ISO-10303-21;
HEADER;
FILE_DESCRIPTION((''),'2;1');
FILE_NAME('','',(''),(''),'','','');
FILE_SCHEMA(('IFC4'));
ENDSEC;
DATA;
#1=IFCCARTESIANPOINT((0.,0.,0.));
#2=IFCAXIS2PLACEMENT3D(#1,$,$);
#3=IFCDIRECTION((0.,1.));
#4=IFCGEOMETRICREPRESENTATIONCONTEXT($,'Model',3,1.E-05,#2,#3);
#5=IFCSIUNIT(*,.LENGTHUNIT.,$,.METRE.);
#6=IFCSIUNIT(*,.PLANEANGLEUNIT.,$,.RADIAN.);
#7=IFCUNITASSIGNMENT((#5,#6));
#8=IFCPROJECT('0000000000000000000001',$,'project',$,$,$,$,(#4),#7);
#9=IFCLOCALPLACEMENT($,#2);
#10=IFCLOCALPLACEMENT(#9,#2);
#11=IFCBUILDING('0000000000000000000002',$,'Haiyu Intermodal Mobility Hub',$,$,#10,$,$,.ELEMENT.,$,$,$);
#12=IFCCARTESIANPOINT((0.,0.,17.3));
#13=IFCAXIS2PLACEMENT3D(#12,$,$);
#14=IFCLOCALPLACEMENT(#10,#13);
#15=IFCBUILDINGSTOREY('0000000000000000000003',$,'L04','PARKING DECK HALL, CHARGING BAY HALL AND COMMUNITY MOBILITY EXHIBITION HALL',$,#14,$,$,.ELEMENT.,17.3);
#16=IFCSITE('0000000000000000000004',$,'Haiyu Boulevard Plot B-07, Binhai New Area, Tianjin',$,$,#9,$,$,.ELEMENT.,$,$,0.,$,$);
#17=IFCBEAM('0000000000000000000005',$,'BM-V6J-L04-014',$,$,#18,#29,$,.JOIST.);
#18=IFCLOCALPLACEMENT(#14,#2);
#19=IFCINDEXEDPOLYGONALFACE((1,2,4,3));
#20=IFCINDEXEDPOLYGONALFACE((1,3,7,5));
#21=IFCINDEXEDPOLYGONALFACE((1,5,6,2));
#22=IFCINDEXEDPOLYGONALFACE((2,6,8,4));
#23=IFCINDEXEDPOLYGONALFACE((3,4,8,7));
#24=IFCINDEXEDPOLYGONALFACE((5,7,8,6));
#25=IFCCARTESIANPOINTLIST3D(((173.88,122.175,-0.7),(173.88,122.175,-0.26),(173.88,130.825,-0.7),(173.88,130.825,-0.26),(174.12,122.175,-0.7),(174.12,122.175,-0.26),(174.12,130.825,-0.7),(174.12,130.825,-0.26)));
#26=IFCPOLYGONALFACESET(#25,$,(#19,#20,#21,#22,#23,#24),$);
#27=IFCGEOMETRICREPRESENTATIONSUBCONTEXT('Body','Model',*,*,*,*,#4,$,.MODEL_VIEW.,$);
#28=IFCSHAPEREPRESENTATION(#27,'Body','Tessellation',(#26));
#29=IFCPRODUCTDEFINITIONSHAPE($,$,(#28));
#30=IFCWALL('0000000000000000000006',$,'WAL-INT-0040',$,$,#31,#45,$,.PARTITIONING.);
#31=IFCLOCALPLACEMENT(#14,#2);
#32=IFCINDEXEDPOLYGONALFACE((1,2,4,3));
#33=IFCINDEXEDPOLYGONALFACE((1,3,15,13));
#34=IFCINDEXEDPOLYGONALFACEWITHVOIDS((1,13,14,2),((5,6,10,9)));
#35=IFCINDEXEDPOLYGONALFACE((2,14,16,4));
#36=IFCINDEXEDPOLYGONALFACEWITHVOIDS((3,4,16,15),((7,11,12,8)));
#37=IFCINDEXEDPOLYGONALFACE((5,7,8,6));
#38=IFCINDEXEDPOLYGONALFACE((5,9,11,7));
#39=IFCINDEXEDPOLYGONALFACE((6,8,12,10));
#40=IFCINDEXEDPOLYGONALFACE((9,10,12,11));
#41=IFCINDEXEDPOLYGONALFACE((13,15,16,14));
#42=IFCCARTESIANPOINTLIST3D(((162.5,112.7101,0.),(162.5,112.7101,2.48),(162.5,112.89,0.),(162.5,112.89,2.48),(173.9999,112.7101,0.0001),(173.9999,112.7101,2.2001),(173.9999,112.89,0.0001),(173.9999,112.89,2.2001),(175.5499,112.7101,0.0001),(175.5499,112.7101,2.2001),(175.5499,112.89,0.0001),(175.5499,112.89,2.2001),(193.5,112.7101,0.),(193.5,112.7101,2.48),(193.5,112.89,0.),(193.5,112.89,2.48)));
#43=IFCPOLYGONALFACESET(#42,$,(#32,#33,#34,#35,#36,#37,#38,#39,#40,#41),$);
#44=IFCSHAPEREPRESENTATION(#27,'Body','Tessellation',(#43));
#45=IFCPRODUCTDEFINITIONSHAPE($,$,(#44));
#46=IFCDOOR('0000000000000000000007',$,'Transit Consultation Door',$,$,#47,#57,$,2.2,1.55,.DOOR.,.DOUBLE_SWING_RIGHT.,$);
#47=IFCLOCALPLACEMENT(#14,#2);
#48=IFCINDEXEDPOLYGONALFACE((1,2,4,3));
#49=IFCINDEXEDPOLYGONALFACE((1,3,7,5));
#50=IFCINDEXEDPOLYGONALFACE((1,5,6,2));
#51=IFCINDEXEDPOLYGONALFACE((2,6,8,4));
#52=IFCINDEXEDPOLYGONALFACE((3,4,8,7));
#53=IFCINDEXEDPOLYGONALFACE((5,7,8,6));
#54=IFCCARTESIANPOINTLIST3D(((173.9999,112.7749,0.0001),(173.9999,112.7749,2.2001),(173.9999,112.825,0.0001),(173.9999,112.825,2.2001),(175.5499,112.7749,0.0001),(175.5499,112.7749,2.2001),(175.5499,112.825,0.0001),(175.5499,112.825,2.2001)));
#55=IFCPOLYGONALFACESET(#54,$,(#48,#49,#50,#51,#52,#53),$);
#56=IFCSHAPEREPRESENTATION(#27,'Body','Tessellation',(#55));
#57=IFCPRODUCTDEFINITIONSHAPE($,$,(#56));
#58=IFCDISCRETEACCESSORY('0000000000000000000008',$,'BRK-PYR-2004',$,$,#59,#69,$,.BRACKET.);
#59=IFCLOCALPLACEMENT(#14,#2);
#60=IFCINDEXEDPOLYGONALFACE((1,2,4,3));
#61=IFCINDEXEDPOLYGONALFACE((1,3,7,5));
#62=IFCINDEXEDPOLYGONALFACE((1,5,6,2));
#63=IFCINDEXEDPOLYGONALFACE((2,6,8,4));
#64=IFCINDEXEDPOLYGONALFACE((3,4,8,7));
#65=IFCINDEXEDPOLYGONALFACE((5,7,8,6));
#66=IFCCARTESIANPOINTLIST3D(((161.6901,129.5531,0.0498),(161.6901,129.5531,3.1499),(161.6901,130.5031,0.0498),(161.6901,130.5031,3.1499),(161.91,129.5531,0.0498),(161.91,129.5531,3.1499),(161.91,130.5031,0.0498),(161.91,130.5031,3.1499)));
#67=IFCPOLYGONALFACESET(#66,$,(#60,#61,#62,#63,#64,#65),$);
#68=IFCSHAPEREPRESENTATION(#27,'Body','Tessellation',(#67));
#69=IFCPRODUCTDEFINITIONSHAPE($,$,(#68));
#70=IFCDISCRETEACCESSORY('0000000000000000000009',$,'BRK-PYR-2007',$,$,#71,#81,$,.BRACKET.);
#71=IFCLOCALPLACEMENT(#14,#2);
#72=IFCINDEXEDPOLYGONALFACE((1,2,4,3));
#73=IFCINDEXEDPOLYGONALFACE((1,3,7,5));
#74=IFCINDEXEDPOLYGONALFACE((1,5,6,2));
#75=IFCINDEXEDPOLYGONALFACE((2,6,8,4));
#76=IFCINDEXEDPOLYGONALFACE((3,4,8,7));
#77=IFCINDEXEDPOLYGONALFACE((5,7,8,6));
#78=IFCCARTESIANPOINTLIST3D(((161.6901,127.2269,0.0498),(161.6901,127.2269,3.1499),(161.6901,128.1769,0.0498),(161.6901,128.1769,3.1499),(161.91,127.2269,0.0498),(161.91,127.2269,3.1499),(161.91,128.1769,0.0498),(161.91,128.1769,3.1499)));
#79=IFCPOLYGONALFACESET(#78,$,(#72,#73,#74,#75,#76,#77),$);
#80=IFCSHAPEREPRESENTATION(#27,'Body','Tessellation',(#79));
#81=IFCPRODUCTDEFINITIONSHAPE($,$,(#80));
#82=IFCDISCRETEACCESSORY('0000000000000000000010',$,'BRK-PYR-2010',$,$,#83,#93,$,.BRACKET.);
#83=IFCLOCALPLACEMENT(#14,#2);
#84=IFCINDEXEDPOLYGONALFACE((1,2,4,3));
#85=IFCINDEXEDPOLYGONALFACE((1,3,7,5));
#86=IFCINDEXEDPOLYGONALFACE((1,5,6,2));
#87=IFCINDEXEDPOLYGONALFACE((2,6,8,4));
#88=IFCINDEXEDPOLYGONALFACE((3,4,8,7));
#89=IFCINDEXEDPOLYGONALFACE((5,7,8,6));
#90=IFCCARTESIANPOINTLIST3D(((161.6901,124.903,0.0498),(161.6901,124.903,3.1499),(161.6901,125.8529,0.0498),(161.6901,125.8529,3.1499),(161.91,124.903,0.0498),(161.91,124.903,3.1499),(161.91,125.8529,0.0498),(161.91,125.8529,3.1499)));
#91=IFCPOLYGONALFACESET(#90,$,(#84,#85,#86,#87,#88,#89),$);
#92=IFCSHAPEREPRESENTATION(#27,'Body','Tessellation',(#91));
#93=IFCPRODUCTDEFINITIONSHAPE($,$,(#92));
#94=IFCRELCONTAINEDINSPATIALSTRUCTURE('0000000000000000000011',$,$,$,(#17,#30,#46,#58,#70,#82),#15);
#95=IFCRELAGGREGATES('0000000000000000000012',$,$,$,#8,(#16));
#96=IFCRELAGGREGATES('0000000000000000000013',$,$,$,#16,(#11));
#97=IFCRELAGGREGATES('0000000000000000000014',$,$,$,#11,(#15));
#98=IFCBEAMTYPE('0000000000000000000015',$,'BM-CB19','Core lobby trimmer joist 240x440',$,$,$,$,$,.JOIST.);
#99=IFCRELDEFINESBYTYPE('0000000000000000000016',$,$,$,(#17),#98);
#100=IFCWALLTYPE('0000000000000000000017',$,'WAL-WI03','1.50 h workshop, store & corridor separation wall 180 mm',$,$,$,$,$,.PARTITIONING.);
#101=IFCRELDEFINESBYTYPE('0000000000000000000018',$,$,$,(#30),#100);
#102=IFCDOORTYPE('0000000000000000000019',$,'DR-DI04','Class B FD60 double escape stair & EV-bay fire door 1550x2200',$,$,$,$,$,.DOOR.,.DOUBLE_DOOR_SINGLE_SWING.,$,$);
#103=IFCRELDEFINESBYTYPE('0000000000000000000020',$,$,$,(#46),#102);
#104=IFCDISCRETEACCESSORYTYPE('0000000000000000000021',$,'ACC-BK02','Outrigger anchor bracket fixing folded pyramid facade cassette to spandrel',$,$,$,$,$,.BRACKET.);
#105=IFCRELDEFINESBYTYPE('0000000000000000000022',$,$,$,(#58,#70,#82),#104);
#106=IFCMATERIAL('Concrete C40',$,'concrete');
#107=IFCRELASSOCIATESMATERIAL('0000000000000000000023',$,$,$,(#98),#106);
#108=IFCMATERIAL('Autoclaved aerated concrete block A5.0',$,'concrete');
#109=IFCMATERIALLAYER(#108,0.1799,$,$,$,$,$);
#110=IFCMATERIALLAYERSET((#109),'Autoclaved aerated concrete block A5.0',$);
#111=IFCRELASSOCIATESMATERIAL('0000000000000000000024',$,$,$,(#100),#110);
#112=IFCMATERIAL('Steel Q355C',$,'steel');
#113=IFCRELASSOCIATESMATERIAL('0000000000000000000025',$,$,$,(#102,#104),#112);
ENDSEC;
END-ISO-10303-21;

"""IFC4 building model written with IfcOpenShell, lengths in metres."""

from ifc_helpers import new_model, si_unit, direction, frame, frame_2d, origin, origin_2d, place, context, subcontext, project, spatial, rectangle, extrude, material, layer, layer_set, material_profile, profile_set, type_object, element, fill, save


model = new_model("IFC4")

# Units and contexts
model_context = context("Model", 3, precision=1e-05, world=origin(), true_north=direction((0.0, 1.0)))
body_context = subcontext(model_context, "Body", "Model", "MODEL_VIEW")
ifc_project = project(units=[si_unit("LENGTHUNIT", "METRE"), si_unit("PLANEANGLEUNIT", "RADIAN")], contexts=[model_context])

# Site, building, storey
site_placement = place(None, origin())
site = spatial("IfcSite", under=ifc_project, at=site_placement, Name="Haiyu Boulevard Plot B-07, Binhai New Area, Tianjin", CompositionType="ELEMENT", RefElevation=0.0)
building_placement = place(site_placement, origin())
building = spatial("IfcBuilding", under=site, at=building_placement, Name="Haiyu Intermodal Mobility Hub", CompositionType="ELEMENT")
storey_placement = place(building_placement, frame((0.0, 0.0, 17.3)))
storey = spatial("IfcBuildingStorey", under=building, at=storey_placement, Name="L04", Description="PARKING DECK HALL, CHARGING BAY HALL AND COMMUNITY MOBILITY EXHIBITION HALL", CompositionType="ELEMENT", Elevation=17.3)

# Shared definitions
ifc_material_1 = material(Name="Concrete C40", Category="concrete")

# Beam
ifc_material_profile_1 = material_profile(ifc_material_1, rectangle(XDim=0.24, YDim=0.4399, at=origin_2d()), Name="B240x440")
ifc_profile_set_1 = profile_set([ifc_material_profile_1], Name="Concrete C40")
beam_type_1 = type_object("IfcBeamType", Name="BM-CB19", Description="Core lobby trimmer joist 240x440", PredefinedType="JOIST", material=ifc_profile_set_1)
for number, where, z_axis, x_axis, name in (
    (1, (174.0, 122.175, -0.48), (0.0, 1.0, 0.0), (-1.0, 0.0, 0.0), "BM-V6J-L04-014"),
):
    element("IfcBeam", number, at=place(storey_placement, frame(where, z_axis=z_axis, x_axis=x_axis)), inside=storey, type_object=beam_type_1, Name=name, PredefinedType="JOIST", context=body_context, shape_type="SweptSolid", body=[
        extrude(rectangle(XDim=0.24, YDim=0.4399, at=origin_2d()), origin(), (0.0, 0.0, 1.0), 8.6499),
    ])

# Wall, opening, door
ifc_material_2 = material(Name="Autoclaved aerated concrete block A5.0", Category="concrete")
ifc_layer = layer(ifc_material_2, 0.1799)
ifc_layer_set = layer_set([ifc_layer], Name="Autoclaved aerated concrete block A5.0")
wall_type = type_object("IfcWallType", Name="WAL-WI03", Description="1.50 h workshop, store & corridor separation wall 180 mm", PredefinedType="PARTITIONING", material=ifc_layer_set)
wall_placement = place(storey_placement, frame((162.5, 112.8, 0.0), z_axis=(0.0, 0.0, 1.0), x_axis=(1.0, 0.0, 0.0)))
wall = element("IfcWall", 2, at=wall_placement, inside=storey, type_object=wall_type, Name="WAL-INT-0040", PredefinedType="PARTITIONING", context=body_context, shape_type="SweptSolid", body=[
    extrude(rectangle(XDim=31.0, YDim=0.1799, at=frame_2d((15.5, 0.0))), origin(), (0.0, 0.0, 1.0), 2.48),
])
opening_placement = place(wall_placement, frame((11.5, 0.0, 0.0)))
opening = element("IfcOpeningElement", 3, at=opening_placement, cuts=wall, PredefinedType="OPENING", context=body_context, shape_type="SweptSolid", body=[
    extrude(rectangle(XDim=1.55, YDim=2.2, at=frame_2d((0.7749, 1.1001))), frame((0.0, 0.1001, 0.0), z_axis=(0.0, -1.0, 0.0), x_axis=(1.0, 0.0, 0.0)), (0.0, 0.0, 1.0), 0.2),
])
ifc_material_3 = material(Name="Steel Q355C", Category="steel")
door_type = type_object("IfcDoorType", Name="DR-DI04", Description="Class B FD60 double escape stair & EV-bay fire door 1550x2200", OperationType="DOUBLE_DOOR_SINGLE_SWING", PredefinedType="DOOR", material=ifc_material_3)
door_placement = place(opening_placement, origin())
door = element("IfcDoor", 4, at=door_placement, inside=storey, type_object=door_type, Name="Transit Consultation Door", OperationType="DOUBLE_SWING_RIGHT", OverallHeight=2.2, OverallWidth=1.55, PredefinedType="DOOR", context=body_context, shape_type="SweptSolid", body=[
    extrude(rectangle(XDim=1.55, YDim=2.2, at=frame_2d((0.7749, 1.1001))), frame((0.0, 0.0249, 0.0), z_axis=(0.0, -1.0, 0.0), x_axis=(1.0, 0.0, 0.0)), (0.0, 0.0, 1.0), 0.05),
])
fill(opening, door)

# Discrete accessories
discrete_accessory_type = type_object("IfcDiscreteAccessoryType", Name="ACC-BK02", Description="Outrigger anchor bracket fixing folded pyramid facade cassette to spandrel", PredefinedType="BRACKET", material=ifc_material_3)
for number, where, z_axis, x_axis, name in (
    (5, (161.8, 130.0281, 0.0498), (0.0, 0.0, 1.0), (1.0, 0.0, 0.0), "BRK-PYR-2004"),
    (6, (161.8, 127.7019, 0.0498), (0.0, 0.0, 1.0), (1.0, 0.0, 0.0), "BRK-PYR-2007"),
    (7, (161.8, 125.3779, 0.0498), (0.0, 0.0, 1.0), (1.0, 0.0, 0.0), "BRK-PYR-2010"),
):
    element("IfcDiscreteAccessory", number, at=place(storey_placement, frame(where, z_axis=z_axis, x_axis=x_axis)), inside=storey, type_object=discrete_accessory_type, Name=name, PredefinedType="BRACKET", context=body_context, shape_type="SweptSolid", body=[
        extrude(rectangle(XDim=0.22, YDim=0.95, at=origin_2d()), origin(), (0.0, 0.0, 1.0), 3.1001),
    ])

save(model, "model.ifc")
